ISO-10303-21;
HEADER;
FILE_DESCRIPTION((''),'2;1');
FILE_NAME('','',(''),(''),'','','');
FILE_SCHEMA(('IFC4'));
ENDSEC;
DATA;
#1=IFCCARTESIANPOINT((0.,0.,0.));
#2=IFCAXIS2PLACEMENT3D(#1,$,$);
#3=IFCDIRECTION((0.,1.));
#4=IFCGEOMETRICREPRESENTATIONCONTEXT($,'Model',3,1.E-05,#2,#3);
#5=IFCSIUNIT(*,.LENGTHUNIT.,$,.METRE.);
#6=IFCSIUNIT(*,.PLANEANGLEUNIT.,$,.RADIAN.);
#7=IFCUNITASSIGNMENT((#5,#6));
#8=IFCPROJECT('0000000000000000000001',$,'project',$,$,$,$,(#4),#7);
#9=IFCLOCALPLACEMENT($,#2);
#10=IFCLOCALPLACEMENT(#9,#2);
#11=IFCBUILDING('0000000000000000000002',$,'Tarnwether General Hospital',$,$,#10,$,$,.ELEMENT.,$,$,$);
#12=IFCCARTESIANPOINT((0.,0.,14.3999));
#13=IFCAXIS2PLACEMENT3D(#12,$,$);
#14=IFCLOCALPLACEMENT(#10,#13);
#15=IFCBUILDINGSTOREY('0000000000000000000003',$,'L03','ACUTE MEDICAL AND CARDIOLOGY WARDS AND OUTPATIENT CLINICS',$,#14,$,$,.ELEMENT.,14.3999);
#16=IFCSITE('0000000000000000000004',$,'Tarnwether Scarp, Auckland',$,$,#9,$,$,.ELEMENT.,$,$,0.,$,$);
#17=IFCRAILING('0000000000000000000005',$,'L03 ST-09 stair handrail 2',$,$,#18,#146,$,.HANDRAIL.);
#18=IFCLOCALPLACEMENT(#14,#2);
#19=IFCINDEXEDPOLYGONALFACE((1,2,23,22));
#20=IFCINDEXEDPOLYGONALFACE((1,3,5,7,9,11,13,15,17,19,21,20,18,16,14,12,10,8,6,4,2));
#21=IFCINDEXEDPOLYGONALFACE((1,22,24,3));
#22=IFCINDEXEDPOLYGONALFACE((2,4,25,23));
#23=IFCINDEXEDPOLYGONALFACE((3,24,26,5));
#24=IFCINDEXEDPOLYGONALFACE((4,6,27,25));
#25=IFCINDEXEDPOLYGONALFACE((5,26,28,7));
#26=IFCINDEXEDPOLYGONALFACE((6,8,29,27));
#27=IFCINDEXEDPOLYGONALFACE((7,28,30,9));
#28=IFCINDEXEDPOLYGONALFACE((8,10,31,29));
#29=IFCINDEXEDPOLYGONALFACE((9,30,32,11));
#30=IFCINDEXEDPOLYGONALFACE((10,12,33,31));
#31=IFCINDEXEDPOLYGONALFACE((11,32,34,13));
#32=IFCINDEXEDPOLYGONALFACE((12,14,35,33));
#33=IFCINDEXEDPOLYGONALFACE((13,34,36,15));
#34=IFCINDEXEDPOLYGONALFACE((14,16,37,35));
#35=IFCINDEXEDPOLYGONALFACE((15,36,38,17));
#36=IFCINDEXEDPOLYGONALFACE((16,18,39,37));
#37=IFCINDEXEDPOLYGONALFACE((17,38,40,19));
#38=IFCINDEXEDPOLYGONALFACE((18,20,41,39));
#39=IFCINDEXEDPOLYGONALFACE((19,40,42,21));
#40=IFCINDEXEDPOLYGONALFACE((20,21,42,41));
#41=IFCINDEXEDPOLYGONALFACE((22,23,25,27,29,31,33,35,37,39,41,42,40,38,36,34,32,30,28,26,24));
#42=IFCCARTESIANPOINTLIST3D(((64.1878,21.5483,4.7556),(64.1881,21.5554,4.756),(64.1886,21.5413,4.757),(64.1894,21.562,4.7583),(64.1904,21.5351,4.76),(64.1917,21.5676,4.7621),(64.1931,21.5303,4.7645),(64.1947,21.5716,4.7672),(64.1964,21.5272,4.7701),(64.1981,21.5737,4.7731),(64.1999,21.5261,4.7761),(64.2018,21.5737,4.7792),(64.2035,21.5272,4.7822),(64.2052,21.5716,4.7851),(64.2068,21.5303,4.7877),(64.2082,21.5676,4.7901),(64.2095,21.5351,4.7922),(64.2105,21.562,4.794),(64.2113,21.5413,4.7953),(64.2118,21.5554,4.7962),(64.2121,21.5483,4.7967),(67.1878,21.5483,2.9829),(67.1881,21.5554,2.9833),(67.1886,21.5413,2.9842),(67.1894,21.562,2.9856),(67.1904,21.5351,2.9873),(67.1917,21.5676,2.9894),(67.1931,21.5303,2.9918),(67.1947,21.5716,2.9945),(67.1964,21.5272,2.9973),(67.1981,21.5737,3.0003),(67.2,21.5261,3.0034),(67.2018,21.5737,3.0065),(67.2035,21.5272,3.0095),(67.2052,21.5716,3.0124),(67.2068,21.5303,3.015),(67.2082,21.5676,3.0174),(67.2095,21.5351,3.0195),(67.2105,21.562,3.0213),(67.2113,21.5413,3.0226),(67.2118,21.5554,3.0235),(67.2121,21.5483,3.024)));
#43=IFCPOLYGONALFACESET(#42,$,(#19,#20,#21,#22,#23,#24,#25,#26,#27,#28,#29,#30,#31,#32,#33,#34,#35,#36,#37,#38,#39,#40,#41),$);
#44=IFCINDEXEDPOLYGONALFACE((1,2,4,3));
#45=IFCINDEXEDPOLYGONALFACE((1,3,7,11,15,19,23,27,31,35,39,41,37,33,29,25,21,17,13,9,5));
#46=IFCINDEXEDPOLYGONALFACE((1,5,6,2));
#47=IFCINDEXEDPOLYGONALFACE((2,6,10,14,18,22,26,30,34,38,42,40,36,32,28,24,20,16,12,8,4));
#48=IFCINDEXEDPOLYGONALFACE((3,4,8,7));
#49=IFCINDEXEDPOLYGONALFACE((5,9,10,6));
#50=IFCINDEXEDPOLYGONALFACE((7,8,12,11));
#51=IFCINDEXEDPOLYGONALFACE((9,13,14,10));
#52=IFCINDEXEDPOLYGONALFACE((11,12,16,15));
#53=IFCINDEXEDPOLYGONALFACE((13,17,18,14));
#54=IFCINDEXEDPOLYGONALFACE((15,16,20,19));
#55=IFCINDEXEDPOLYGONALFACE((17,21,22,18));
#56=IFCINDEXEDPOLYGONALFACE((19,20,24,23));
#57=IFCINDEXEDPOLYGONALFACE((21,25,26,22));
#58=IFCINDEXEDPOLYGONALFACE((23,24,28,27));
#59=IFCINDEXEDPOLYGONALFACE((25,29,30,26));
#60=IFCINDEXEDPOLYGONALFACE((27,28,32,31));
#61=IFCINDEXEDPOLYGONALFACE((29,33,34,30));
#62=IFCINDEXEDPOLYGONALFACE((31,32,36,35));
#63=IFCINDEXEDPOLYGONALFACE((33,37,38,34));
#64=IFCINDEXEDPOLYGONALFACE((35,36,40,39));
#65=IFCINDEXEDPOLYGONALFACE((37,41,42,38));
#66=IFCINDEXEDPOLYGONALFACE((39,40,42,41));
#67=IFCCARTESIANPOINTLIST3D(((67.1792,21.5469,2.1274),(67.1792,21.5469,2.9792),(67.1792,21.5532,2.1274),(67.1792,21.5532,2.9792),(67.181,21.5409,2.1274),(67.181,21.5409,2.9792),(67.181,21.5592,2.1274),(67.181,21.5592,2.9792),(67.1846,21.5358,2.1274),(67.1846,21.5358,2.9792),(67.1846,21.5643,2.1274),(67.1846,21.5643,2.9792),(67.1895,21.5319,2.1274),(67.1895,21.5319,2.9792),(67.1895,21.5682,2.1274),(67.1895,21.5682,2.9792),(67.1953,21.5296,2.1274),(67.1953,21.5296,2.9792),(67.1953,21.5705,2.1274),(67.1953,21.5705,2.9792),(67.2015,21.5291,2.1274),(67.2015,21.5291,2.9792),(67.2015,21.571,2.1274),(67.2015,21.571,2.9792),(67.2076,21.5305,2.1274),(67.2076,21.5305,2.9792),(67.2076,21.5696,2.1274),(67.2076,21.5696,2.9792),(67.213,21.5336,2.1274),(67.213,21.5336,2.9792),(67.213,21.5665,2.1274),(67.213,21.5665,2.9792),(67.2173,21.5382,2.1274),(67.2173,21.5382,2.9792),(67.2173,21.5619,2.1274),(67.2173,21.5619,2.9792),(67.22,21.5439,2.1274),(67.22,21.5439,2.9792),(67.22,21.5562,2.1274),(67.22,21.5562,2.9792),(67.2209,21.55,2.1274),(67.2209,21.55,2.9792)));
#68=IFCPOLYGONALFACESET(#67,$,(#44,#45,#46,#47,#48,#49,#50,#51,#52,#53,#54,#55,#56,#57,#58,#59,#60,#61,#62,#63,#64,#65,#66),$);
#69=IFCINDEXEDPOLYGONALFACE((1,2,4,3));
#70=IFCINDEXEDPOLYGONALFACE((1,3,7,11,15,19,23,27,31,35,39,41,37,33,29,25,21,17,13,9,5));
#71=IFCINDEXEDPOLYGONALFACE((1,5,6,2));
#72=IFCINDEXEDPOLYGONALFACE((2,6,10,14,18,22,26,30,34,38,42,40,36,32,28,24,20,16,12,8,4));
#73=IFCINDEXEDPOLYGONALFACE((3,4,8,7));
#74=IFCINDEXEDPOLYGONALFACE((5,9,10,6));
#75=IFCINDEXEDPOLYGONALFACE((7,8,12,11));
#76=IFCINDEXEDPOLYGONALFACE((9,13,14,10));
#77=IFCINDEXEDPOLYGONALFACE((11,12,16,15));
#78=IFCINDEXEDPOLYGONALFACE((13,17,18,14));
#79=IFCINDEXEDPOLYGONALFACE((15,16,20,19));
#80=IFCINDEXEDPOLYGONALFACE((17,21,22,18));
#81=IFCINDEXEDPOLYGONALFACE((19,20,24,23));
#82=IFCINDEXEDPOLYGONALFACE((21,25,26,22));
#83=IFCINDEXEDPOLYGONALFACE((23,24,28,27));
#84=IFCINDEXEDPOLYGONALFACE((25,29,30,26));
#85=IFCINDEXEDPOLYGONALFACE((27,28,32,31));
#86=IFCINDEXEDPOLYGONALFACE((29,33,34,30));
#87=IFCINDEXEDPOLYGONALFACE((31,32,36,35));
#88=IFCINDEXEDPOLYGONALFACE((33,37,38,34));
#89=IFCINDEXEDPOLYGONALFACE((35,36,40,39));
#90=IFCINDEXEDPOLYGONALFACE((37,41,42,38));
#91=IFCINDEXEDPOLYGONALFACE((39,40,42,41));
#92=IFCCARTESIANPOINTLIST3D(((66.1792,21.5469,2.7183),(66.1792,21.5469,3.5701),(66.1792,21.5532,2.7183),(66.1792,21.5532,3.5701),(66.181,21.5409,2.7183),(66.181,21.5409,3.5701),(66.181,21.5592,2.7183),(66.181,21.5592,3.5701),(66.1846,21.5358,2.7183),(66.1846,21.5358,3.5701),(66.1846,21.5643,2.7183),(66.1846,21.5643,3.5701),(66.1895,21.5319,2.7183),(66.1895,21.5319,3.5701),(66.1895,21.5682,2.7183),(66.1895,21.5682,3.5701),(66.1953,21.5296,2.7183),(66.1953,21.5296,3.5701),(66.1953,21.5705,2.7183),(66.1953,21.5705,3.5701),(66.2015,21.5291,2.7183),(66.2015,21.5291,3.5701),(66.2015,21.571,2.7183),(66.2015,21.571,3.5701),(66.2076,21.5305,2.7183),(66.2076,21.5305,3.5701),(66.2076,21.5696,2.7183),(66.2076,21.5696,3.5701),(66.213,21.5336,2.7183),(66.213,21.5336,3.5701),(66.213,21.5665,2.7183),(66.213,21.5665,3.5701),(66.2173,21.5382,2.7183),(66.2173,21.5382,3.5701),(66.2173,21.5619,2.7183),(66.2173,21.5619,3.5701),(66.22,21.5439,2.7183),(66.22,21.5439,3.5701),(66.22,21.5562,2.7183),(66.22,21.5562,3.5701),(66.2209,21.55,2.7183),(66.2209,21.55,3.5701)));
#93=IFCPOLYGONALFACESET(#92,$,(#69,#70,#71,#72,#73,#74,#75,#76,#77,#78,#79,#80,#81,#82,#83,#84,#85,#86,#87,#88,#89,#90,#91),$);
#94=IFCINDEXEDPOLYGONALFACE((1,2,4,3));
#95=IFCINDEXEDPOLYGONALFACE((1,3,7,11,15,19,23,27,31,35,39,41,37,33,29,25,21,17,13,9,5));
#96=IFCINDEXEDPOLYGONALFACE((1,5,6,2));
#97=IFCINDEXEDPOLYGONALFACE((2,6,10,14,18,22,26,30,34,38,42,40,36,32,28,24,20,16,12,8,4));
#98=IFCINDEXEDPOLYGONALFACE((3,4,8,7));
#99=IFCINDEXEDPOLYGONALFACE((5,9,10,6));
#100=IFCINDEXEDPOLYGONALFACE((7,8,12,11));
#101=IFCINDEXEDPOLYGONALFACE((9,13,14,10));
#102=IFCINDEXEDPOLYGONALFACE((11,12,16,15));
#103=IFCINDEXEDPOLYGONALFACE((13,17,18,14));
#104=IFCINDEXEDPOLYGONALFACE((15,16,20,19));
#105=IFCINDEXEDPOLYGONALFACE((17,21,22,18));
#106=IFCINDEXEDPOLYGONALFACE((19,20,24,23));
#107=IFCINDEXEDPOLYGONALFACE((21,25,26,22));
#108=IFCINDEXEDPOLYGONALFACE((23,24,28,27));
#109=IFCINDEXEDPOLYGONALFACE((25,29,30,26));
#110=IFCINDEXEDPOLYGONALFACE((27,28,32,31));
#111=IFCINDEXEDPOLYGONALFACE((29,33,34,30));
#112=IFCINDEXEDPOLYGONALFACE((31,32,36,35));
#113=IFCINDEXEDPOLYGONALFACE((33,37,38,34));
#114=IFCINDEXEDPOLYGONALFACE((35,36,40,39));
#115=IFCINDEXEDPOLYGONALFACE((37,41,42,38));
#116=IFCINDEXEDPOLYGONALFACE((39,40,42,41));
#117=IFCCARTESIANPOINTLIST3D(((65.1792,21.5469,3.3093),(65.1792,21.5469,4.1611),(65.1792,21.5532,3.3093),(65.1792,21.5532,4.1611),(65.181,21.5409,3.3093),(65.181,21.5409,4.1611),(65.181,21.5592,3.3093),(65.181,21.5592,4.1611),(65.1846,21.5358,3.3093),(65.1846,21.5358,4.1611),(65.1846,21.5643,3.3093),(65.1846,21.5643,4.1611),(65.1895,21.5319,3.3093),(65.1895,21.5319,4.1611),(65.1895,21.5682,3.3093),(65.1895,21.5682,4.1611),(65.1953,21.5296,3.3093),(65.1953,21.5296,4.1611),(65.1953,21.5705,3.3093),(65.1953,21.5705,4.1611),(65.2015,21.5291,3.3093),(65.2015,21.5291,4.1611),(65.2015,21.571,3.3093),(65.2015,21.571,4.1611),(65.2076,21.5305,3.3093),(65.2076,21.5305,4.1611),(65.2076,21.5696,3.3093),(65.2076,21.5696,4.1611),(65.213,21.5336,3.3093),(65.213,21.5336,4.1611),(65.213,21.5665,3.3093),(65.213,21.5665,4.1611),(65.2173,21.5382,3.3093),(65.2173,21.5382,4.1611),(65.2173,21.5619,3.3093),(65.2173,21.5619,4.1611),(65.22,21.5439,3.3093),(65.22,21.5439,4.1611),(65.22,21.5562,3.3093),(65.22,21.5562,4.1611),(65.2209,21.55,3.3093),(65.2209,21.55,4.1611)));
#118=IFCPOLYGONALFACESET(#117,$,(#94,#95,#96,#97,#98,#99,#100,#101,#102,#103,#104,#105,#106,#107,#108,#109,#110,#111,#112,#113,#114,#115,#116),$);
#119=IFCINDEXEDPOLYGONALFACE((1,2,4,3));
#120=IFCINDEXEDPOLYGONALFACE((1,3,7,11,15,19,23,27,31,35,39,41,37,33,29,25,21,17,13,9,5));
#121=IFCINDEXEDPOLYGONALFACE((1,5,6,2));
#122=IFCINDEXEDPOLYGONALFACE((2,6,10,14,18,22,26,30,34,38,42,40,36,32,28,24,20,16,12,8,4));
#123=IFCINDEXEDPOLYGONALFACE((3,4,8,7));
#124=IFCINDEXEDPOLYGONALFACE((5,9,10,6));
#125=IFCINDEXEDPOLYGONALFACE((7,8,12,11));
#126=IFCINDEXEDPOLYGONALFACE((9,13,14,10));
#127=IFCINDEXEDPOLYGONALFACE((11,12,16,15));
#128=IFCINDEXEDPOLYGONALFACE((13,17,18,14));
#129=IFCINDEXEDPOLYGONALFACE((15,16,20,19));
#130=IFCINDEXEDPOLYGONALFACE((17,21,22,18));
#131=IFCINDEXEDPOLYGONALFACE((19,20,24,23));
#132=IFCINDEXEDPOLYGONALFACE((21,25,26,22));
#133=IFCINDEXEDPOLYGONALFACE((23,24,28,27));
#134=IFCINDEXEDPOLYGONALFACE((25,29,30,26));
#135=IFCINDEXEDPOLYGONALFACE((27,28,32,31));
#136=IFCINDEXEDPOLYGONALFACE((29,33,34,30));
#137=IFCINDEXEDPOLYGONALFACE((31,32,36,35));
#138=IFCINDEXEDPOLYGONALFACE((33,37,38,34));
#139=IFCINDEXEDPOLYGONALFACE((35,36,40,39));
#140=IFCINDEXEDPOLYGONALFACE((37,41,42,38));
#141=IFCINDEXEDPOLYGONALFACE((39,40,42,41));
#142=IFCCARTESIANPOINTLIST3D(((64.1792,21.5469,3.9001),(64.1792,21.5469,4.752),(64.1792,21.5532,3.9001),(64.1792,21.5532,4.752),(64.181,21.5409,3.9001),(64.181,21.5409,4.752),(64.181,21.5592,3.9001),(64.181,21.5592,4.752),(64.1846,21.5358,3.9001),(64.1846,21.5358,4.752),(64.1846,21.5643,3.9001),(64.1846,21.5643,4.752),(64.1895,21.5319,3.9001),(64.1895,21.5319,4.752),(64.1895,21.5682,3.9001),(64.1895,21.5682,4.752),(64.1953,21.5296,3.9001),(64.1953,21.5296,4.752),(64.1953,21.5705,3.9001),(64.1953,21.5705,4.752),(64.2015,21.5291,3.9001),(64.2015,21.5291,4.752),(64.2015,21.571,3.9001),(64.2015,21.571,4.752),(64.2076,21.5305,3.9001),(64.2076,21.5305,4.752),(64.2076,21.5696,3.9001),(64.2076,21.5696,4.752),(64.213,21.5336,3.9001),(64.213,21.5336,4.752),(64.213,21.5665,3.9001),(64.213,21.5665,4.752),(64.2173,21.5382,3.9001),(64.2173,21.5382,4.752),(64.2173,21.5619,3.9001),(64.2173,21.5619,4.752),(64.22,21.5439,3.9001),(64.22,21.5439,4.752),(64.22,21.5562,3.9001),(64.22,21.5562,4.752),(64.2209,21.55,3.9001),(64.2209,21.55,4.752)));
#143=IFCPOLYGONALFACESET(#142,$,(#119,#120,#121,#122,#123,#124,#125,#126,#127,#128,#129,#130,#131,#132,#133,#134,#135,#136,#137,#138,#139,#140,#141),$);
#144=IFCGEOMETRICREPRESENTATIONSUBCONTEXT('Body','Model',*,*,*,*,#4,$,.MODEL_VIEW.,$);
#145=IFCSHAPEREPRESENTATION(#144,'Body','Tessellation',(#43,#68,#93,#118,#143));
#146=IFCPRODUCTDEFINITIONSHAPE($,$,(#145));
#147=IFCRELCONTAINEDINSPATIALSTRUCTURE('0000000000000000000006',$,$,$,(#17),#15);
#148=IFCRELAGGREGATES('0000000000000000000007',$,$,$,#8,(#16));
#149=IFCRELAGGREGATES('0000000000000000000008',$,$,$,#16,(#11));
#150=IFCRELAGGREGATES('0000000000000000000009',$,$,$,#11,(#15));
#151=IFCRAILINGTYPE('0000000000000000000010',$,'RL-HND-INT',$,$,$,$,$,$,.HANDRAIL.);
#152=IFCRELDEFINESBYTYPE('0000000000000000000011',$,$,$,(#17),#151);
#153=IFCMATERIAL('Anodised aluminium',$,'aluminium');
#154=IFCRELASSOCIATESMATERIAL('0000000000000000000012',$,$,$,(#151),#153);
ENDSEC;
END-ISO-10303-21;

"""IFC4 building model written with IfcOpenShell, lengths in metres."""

from ifc_helpers import new_model, si_unit, direction, frame, origin, origin_2d, place, context, subcontext, project, spatial, circle, extrude, material, type_object, element, save


model = new_model("IFC4")

# Units and contexts
model_context = context("Model", 3, precision=1e-05, world=origin(), true_north=direction((0.0, 1.0)))
body_context = subcontext(model_context, "Body", "Model", "MODEL_VIEW")
ifc_project = project(units=[si_unit("LENGTHUNIT", "METRE"), si_unit("PLANEANGLEUNIT", "RADIAN")], contexts=[model_context])

# Site, building, storey
site_placement = place(None, origin())
site = spatial("IfcSite", under=ifc_project, at=site_placement, Name="Tarnwether Scarp, Auckland", CompositionType="ELEMENT", RefElevation=0.0)
building_placement = place(site_placement, origin())
building = spatial("IfcBuilding", under=site, at=building_placement, Name="Tarnwether General Hospital", CompositionType="ELEMENT")
storey_placement = place(building_placement, frame((0.0, 0.0, 14.3999)))
storey = spatial("IfcBuildingStorey", under=building, at=storey_placement, Name="L03", Description="ACUTE MEDICAL AND CARDIOLOGY WARDS AND OUTPATIENT CLINICS", CompositionType="ELEMENT", Elevation=14.3999)

# Railing
ifc_material_1 = material(Name="Anodised aluminium", Category="aluminium")
railing_type = type_object("IfcRailingType", Name="RL-HND-INT", PredefinedType="HANDRAIL", material=ifc_material_1)
railing_placement = place(storey_placement, frame((67.2, 21.55, 2.1274)))
element("IfcRailing", 1, at=railing_placement, inside=storey, type_object=railing_type, Name="L03 ST-09 stair handrail 2", PredefinedType="HANDRAIL", context=body_context, shape_type="SweptSolid", body=[
    extrude(circle(Radius=0.0239, at=origin_2d()), frame((0.0, 0.0, 0.876), z_axis=(-0.860929, 0.0, 0.508725), x_axis=(0.0, -1.0, 0.0)), (0.0, 0.0, 1.0), 3.4846),
    extrude(circle(Radius=0.021, at=origin_2d()), origin(), (0.0, 0.0, 1.0), 0.8518),
    extrude(circle(Radius=0.021, at=origin_2d()), frame((-1.0, 0.0, 0.5908)), (0.0, 0.0, 1.0), 0.8518),
    extrude(circle(Radius=0.021, at=origin_2d()), frame((-2.0, 0.0, 1.1819)), (0.0, 0.0, 1.0), 0.8518),
    extrude(circle(Radius=0.021, at=origin_2d()), frame((-3.0, 0.0, 1.7727)), (0.0, 0.0, 1.0), 0.8518),
])

save(model, "model.ifc")
